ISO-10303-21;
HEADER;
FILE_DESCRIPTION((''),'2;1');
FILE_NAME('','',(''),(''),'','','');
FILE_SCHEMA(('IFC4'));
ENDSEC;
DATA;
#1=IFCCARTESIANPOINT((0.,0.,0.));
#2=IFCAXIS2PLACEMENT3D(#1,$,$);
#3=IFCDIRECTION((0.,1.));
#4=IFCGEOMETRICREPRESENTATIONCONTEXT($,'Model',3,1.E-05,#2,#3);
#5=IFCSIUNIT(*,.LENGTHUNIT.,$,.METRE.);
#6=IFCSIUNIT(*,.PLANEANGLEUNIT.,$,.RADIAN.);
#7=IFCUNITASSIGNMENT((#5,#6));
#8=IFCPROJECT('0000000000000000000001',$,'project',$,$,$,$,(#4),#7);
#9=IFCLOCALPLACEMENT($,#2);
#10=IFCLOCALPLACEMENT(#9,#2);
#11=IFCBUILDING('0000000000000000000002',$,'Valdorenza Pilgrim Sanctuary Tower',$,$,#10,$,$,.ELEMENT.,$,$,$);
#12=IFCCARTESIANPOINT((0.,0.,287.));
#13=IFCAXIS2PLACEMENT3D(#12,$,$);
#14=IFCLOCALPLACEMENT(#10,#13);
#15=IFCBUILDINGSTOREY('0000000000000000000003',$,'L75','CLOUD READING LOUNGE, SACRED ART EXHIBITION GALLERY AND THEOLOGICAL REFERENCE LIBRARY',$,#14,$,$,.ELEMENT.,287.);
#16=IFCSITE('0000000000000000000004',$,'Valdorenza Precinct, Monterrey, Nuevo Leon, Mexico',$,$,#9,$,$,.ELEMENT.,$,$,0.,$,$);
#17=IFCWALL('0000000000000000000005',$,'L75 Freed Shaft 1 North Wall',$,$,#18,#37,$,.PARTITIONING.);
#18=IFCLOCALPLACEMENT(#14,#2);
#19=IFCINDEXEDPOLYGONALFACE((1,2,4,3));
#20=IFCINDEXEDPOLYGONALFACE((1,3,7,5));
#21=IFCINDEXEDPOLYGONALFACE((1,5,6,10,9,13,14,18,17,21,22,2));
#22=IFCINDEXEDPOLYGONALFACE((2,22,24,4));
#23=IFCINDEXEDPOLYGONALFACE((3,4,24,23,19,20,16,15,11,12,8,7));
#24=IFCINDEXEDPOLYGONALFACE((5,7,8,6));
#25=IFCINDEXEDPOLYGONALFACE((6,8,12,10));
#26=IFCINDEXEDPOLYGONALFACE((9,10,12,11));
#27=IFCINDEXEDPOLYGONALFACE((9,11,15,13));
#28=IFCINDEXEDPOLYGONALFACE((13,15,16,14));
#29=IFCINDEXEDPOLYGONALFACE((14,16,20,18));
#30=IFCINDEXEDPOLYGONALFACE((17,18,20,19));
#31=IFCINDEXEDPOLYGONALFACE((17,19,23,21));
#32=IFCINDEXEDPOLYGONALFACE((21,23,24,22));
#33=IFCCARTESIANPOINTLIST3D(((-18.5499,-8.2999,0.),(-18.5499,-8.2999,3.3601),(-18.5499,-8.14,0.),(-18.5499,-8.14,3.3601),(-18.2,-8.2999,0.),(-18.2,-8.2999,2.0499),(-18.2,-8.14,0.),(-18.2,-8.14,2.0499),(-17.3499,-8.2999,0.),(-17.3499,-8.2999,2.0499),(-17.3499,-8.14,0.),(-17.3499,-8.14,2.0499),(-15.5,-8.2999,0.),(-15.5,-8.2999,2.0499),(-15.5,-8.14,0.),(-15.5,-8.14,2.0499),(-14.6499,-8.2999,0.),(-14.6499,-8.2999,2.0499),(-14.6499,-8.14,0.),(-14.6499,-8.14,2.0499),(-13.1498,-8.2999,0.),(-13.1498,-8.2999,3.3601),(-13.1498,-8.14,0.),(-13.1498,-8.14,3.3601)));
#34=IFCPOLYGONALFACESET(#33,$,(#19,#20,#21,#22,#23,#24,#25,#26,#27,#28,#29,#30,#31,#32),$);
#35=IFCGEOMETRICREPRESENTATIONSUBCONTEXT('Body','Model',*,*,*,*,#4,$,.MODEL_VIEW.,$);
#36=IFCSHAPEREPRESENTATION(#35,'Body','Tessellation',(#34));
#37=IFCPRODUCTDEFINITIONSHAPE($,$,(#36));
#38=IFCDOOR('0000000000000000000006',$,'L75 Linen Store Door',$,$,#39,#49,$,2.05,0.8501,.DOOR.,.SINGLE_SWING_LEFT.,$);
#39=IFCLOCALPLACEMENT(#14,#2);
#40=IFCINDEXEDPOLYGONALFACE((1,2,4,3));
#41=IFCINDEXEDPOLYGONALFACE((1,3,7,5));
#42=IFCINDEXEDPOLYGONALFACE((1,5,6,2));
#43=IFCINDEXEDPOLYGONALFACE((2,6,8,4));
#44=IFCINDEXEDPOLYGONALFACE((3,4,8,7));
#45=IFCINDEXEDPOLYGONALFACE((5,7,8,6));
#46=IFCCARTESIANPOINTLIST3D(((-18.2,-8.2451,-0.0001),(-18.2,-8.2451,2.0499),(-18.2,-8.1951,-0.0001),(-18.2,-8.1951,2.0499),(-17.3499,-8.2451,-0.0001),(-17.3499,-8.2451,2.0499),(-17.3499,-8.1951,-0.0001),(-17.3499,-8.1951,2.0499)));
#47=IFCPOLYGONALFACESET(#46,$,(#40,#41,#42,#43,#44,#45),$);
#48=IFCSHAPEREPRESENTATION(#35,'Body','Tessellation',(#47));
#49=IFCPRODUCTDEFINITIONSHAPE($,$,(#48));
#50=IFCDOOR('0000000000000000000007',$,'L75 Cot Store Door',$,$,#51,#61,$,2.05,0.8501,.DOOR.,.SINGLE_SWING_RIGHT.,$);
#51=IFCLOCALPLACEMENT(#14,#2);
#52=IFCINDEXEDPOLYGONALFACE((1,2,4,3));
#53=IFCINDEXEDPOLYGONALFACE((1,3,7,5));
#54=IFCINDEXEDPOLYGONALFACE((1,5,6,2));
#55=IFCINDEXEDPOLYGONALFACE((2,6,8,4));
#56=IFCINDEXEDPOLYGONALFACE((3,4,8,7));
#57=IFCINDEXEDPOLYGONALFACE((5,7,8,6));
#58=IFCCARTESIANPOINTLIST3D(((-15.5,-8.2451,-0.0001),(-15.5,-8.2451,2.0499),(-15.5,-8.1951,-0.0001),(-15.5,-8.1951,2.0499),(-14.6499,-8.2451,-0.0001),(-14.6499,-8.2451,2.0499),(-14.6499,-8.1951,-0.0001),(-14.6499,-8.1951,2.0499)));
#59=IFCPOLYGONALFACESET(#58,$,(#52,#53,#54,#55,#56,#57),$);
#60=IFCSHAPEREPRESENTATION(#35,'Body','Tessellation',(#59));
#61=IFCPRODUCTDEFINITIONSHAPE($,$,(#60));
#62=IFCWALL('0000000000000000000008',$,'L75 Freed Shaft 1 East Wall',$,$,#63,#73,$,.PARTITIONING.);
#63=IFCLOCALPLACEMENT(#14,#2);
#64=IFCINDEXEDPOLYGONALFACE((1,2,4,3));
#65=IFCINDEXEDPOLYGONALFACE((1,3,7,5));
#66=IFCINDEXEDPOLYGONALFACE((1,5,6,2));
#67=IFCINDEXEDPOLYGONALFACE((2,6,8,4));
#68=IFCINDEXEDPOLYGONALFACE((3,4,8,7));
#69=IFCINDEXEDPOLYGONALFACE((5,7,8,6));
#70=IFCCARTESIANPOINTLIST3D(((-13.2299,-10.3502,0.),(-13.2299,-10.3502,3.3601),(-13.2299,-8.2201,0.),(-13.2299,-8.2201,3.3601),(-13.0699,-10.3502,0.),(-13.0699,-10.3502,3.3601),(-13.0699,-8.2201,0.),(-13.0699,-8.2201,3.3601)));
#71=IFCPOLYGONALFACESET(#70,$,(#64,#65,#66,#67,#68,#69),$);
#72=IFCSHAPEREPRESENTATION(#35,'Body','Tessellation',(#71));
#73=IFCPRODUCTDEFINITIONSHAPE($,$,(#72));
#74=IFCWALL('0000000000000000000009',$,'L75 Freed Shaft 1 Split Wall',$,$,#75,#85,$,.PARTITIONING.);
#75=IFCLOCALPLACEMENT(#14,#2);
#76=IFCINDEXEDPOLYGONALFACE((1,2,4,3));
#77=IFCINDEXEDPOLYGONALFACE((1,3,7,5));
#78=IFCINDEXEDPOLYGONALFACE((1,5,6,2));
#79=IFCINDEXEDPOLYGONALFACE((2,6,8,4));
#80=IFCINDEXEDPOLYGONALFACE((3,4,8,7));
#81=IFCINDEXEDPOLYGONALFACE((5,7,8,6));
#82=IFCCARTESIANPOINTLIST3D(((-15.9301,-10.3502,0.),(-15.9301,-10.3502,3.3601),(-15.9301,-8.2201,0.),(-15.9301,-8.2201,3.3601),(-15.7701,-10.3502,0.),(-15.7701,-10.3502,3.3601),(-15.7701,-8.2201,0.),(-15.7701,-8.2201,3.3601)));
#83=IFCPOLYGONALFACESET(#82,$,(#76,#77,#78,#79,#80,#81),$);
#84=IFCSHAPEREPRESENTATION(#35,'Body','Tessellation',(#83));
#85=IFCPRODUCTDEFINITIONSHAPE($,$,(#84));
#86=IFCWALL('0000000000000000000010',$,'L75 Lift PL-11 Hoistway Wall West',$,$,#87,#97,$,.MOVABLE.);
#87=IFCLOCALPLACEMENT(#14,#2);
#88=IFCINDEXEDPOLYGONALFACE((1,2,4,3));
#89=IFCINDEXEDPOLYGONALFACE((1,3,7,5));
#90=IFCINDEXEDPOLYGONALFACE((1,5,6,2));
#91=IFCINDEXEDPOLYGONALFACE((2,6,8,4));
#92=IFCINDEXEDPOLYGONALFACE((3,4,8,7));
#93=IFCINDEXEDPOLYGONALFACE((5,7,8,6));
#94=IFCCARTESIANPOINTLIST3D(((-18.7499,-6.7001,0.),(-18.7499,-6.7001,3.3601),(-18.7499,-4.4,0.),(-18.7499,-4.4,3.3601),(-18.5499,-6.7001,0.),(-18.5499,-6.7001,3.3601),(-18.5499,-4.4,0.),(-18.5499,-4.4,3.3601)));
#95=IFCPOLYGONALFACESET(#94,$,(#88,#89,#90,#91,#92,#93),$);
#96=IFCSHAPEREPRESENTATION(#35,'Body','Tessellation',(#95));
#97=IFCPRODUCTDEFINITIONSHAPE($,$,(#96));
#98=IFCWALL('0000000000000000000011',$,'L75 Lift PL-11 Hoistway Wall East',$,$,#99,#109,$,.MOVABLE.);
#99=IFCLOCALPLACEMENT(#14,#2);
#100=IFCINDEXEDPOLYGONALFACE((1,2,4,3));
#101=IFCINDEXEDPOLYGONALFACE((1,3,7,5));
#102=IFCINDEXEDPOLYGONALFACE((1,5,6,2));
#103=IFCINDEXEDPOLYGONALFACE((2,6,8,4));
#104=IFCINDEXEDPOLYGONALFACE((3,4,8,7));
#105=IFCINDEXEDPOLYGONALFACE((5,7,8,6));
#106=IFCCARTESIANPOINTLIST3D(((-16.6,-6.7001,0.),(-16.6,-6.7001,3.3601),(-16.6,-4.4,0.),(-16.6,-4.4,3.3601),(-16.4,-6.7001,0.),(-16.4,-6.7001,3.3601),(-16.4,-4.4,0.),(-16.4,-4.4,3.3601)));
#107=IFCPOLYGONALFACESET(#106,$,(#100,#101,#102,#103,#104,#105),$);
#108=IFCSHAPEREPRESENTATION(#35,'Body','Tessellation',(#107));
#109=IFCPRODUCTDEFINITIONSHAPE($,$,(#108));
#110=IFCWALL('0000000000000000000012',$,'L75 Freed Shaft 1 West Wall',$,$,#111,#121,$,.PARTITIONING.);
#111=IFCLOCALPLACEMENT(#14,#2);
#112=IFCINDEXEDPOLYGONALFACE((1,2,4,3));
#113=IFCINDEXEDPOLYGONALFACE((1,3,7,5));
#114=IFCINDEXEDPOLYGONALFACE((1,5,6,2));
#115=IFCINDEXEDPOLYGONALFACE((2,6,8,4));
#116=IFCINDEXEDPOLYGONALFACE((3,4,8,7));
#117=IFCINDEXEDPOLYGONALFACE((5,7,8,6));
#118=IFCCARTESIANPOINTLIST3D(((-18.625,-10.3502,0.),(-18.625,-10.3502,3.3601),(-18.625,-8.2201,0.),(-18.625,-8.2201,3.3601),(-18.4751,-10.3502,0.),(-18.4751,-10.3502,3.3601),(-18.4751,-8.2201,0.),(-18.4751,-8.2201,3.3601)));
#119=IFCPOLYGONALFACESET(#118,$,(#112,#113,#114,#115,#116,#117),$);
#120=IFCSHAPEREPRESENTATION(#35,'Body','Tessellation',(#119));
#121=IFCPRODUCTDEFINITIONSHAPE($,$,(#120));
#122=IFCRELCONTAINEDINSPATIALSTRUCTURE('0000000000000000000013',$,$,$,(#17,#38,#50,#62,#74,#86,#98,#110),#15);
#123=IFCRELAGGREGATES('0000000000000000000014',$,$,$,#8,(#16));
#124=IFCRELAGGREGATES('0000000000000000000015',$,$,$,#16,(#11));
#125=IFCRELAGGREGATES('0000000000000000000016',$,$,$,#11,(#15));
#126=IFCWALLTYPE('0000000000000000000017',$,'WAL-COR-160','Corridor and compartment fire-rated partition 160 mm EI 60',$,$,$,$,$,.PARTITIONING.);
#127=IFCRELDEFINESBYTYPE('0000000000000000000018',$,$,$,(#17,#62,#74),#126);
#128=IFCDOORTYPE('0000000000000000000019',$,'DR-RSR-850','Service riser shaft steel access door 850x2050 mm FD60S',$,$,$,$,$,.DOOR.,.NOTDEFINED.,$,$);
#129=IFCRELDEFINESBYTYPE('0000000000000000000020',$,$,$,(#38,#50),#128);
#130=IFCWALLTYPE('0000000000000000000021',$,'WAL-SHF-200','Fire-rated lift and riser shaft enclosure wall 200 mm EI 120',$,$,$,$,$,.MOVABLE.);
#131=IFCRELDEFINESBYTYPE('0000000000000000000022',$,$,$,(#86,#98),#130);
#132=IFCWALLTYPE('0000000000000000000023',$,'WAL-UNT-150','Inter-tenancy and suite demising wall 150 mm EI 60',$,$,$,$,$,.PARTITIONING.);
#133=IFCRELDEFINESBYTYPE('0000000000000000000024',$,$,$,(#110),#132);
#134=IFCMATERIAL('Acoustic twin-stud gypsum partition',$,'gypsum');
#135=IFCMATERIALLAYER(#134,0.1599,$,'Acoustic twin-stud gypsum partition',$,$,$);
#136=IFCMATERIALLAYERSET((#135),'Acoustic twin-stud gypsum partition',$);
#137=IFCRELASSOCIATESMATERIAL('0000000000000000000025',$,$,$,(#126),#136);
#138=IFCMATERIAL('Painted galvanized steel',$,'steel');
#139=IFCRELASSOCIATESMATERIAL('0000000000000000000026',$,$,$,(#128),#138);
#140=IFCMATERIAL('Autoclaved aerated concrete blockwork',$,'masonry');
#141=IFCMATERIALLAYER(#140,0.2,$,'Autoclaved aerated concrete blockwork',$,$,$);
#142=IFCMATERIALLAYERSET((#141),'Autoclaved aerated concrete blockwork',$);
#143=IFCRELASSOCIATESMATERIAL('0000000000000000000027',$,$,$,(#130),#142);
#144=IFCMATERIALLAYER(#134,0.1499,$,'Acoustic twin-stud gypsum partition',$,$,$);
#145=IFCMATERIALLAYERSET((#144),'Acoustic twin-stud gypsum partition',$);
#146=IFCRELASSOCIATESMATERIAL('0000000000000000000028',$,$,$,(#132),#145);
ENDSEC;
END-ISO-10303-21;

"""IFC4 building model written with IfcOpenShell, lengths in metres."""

from ifc_helpers import new_model, si_unit, direction, frame, frame_2d, origin, place, context, subcontext, project, spatial, rectangle, extrude, material, layer, layer_set, type_object, element, fill, save


model = new_model("IFC4")

# Units and contexts
model_context = context("Model", 3, precision=1e-05, world=origin(), true_north=direction((0.0, 1.0)))
body_context = subcontext(model_context, "Body", "Model", "MODEL_VIEW")
ifc_project = project(units=[si_unit("LENGTHUNIT", "METRE"), si_unit("PLANEANGLEUNIT", "RADIAN")], contexts=[model_context])

# Site, building, storey
site_placement = place(None, origin())
site = spatial("IfcSite", under=ifc_project, at=site_placement, Name="Valdorenza Precinct, Monterrey, Nuevo Leon, Mexico", CompositionType="ELEMENT", RefElevation=0.0)
building_placement = place(site_placement, origin())
building = spatial("IfcBuilding", under=site, at=building_placement, Name="Valdorenza Pilgrim Sanctuary Tower", CompositionType="ELEMENT")
storey_placement = place(building_placement, frame((0.0, 0.0, 287.0)))
storey = spatial("IfcBuildingStorey", under=building, at=storey_placement, Name="L75", Description="CLOUD READING LOUNGE, SACRED ART EXHIBITION GALLERY AND THEOLOGICAL REFERENCE LIBRARY", CompositionType="ELEMENT", Elevation=287.0)

# Shared definitions
ifc_material_1 = material(Name="Acoustic twin-stud gypsum partition", Category="gypsum")
ifc_layer_1 = layer(ifc_material_1, 0.1599, Name="Acoustic twin-stud gypsum partition")
ifc_layer_set_1 = layer_set([ifc_layer_1], Name="Acoustic twin-stud gypsum partition")
wall_type_1 = type_object("IfcWallType", Name="WAL-COR-160", Description="Corridor and compartment fire-rated partition 160 mm EI 60", PredefinedType="PARTITIONING", material=ifc_layer_set_1)

# Wall, openings, doors
wall_1_placement = place(storey_placement, frame((-18.55, -8.22, 0.0), z_axis=(0.0, 0.0, 1.0), x_axis=(1.0, 0.0, 0.0)))
wall_1 = element("IfcWall", 1, at=wall_1_placement, inside=storey, type_object=wall_type_1, Name="L75 Freed Shaft 1 North Wall", PredefinedType="PARTITIONING", context=body_context, shape_type="SweptSolid", body=[
    extrude(rectangle(XDim=5.4001, YDim=0.1599, at=frame_2d((2.7002, 0.0))), origin(), (0.0, 0.0, 1.0), 3.3601),
])
opening_1_placement = place(wall_1_placement, frame((0.3501, 0.0, 0.0)))
opening_1 = element("IfcOpeningElement", 2, at=opening_1_placement, cuts=wall_1, PredefinedType="OPENING", context=body_context, shape_type="SweptSolid", body=[
    extrude(rectangle(XDim=0.8501, YDim=2.05, at=frame_2d((0.425, 1.0249))), frame((0.0, 0.0947, 0.0), z_axis=(0.0, -1.0, 0.0), x_axis=(1.0, 0.0, 0.0)), (0.0, 0.0, 1.0), 0.1897),
])
opening_2_placement = place(wall_1_placement, frame((3.05, 0.0, 0.0)))
opening_2 = element("IfcOpeningElement", 3, at=opening_2_placement, cuts=wall_1, PredefinedType="OPENING", context=body_context, shape_type="SweptSolid", body=[
    extrude(rectangle(XDim=0.8501, YDim=2.05, at=frame_2d((0.425, 1.0249))), frame((0.0, 0.0947, 0.0), z_axis=(0.0, -1.0, 0.0), x_axis=(1.0, 0.0, 0.0)), (0.0, 0.0, 1.0), 0.1897),
])
ifc_material_2 = material(Name="Painted galvanized steel", Category="steel")
door_type = type_object("IfcDoorType", Name="DR-RSR-850", Description="Service riser shaft steel access door 850x2050 mm FD60S", OperationType="NOTDEFINED", PredefinedType="DOOR", material=ifc_material_2)
door_1_placement = place(opening_1_placement, origin())
door_1 = element("IfcDoor", 4, at=door_1_placement, inside=storey, type_object=door_type, Name="L75 Linen Store Door", OperationType="SINGLE_SWING_LEFT", OverallHeight=2.05, OverallWidth=0.8501, PredefinedType="DOOR", context=body_context, shape_type="SweptSolid", body=[
    extrude(rectangle(XDim=0.8501, YDim=2.05, at=frame_2d((0.425, 1.0249))), frame((0.0, 0.0249, 0.0), z_axis=(0.0, -1.0, 0.0), x_axis=(1.0, 0.0, 0.0)), (0.0, 0.0, 1.0), 0.05),
])
fill(opening_1, door_1)
door_2_placement = place(opening_2_placement, origin())
door_2 = element("IfcDoor", 5, at=door_2_placement, inside=storey, type_object=door_type, Name="L75 Cot Store Door", OperationType="SINGLE_SWING_RIGHT", OverallHeight=2.05, OverallWidth=0.8501, PredefinedType="DOOR", context=body_context, shape_type="SweptSolid", body=[
    extrude(rectangle(XDim=0.8501, YDim=2.05, at=frame_2d((0.425, 1.0249))), frame((0.0, 0.0249, 0.0), z_axis=(0.0, -1.0, 0.0), x_axis=(1.0, 0.0, 0.0)), (0.0, 0.0, 1.0), 0.05),
])
fill(opening_2, door_2)

# Walls
for number, where, z_axis, x_axis, name in (
    (6, (-13.1499, -10.3501, 0.0), (0.0, 0.0, 1.0), (0.0, 1.0, 0.0), "L75 Freed Shaft 1 East Wall"),
    (7, (-15.8501, -10.3501, 0.0), (0.0, 0.0, 1.0), (0.0, 1.0, 0.0), "L75 Freed Shaft 1 Split Wall"),
):
    element("IfcWall", number, at=place(storey_placement, frame(where, z_axis=z_axis, x_axis=x_axis)), inside=storey, type_object=wall_type_1, Name=name, PredefinedType="PARTITIONING", context=body_context, shape_type="SweptSolid", body=[
        extrude(rectangle(XDim=2.1301, YDim=0.1599, at=frame_2d((1.0649, 0.0))), origin(), (0.0, 0.0, 1.0), 3.3601),
    ])
ifc_material_3 = material(Name="Autoclaved aerated concrete blockwork", Category="masonry")
ifc_layer_2 = layer(ifc_material_3, 0.2, Name="Autoclaved aerated concrete blockwork")
ifc_layer_set_2 = layer_set([ifc_layer_2], Name="Autoclaved aerated concrete blockwork")
wall_type_2 = type_object("IfcWallType", Name="WAL-SHF-200", Description="Fire-rated lift and riser shaft enclosure wall 200 mm EI 120", PredefinedType="MOVABLE", material=ifc_layer_set_2)
for number, where, z_axis, x_axis, name in (
    (8, (-18.6499, -6.7, 0.0), (0.0, 0.0, 1.0), (0.0, 1.0, 0.0), "L75 Lift PL-11 Hoistway Wall West"),
    (9, (-16.5, -6.7, 0.0), (0.0, 0.0, 1.0), (0.0, 1.0, 0.0), "L75 Lift PL-11 Hoistway Wall East"),
):
    element("IfcWall", number, at=place(storey_placement, frame(where, z_axis=z_axis, x_axis=x_axis)), inside=storey, type_object=wall_type_2, Name=name, PredefinedType="MOVABLE", context=body_context, shape_type="SweptSolid", body=[
        extrude(rectangle(XDim=2.3, YDim=0.2, at=frame_2d((1.1499, 0.0))), origin(), (0.0, 0.0, 1.0), 3.3601),
    ])
ifc_layer_3 = layer(ifc_material_1, 0.1499, Name="Acoustic twin-stud gypsum partition")
ifc_layer_set_3 = layer_set([ifc_layer_3], Name="Acoustic twin-stud gypsum partition")
wall_type_3 = type_object("IfcWallType", Name="WAL-UNT-150", Description="Inter-tenancy and suite demising wall 150 mm EI 60", PredefinedType="PARTITIONING", material=ifc_layer_set_3)
wall_2_placement = place(storey_placement, frame((-18.55, -10.3501, 0.0), z_axis=(0.0, 0.0, 1.0), x_axis=(0.0, 1.0, 0.0)))
element("IfcWall", 10, at=wall_2_placement, inside=storey, type_object=wall_type_3, Name="L75 Freed Shaft 1 West Wall", PredefinedType="PARTITIONING", context=body_context, shape_type="SweptSolid", body=[
    extrude(rectangle(XDim=2.1301, YDim=0.1499, at=frame_2d((1.0649, 0.0))), origin(), (0.0, 0.0, 1.0), 3.3601),
])

save(model, "model.ifc")
